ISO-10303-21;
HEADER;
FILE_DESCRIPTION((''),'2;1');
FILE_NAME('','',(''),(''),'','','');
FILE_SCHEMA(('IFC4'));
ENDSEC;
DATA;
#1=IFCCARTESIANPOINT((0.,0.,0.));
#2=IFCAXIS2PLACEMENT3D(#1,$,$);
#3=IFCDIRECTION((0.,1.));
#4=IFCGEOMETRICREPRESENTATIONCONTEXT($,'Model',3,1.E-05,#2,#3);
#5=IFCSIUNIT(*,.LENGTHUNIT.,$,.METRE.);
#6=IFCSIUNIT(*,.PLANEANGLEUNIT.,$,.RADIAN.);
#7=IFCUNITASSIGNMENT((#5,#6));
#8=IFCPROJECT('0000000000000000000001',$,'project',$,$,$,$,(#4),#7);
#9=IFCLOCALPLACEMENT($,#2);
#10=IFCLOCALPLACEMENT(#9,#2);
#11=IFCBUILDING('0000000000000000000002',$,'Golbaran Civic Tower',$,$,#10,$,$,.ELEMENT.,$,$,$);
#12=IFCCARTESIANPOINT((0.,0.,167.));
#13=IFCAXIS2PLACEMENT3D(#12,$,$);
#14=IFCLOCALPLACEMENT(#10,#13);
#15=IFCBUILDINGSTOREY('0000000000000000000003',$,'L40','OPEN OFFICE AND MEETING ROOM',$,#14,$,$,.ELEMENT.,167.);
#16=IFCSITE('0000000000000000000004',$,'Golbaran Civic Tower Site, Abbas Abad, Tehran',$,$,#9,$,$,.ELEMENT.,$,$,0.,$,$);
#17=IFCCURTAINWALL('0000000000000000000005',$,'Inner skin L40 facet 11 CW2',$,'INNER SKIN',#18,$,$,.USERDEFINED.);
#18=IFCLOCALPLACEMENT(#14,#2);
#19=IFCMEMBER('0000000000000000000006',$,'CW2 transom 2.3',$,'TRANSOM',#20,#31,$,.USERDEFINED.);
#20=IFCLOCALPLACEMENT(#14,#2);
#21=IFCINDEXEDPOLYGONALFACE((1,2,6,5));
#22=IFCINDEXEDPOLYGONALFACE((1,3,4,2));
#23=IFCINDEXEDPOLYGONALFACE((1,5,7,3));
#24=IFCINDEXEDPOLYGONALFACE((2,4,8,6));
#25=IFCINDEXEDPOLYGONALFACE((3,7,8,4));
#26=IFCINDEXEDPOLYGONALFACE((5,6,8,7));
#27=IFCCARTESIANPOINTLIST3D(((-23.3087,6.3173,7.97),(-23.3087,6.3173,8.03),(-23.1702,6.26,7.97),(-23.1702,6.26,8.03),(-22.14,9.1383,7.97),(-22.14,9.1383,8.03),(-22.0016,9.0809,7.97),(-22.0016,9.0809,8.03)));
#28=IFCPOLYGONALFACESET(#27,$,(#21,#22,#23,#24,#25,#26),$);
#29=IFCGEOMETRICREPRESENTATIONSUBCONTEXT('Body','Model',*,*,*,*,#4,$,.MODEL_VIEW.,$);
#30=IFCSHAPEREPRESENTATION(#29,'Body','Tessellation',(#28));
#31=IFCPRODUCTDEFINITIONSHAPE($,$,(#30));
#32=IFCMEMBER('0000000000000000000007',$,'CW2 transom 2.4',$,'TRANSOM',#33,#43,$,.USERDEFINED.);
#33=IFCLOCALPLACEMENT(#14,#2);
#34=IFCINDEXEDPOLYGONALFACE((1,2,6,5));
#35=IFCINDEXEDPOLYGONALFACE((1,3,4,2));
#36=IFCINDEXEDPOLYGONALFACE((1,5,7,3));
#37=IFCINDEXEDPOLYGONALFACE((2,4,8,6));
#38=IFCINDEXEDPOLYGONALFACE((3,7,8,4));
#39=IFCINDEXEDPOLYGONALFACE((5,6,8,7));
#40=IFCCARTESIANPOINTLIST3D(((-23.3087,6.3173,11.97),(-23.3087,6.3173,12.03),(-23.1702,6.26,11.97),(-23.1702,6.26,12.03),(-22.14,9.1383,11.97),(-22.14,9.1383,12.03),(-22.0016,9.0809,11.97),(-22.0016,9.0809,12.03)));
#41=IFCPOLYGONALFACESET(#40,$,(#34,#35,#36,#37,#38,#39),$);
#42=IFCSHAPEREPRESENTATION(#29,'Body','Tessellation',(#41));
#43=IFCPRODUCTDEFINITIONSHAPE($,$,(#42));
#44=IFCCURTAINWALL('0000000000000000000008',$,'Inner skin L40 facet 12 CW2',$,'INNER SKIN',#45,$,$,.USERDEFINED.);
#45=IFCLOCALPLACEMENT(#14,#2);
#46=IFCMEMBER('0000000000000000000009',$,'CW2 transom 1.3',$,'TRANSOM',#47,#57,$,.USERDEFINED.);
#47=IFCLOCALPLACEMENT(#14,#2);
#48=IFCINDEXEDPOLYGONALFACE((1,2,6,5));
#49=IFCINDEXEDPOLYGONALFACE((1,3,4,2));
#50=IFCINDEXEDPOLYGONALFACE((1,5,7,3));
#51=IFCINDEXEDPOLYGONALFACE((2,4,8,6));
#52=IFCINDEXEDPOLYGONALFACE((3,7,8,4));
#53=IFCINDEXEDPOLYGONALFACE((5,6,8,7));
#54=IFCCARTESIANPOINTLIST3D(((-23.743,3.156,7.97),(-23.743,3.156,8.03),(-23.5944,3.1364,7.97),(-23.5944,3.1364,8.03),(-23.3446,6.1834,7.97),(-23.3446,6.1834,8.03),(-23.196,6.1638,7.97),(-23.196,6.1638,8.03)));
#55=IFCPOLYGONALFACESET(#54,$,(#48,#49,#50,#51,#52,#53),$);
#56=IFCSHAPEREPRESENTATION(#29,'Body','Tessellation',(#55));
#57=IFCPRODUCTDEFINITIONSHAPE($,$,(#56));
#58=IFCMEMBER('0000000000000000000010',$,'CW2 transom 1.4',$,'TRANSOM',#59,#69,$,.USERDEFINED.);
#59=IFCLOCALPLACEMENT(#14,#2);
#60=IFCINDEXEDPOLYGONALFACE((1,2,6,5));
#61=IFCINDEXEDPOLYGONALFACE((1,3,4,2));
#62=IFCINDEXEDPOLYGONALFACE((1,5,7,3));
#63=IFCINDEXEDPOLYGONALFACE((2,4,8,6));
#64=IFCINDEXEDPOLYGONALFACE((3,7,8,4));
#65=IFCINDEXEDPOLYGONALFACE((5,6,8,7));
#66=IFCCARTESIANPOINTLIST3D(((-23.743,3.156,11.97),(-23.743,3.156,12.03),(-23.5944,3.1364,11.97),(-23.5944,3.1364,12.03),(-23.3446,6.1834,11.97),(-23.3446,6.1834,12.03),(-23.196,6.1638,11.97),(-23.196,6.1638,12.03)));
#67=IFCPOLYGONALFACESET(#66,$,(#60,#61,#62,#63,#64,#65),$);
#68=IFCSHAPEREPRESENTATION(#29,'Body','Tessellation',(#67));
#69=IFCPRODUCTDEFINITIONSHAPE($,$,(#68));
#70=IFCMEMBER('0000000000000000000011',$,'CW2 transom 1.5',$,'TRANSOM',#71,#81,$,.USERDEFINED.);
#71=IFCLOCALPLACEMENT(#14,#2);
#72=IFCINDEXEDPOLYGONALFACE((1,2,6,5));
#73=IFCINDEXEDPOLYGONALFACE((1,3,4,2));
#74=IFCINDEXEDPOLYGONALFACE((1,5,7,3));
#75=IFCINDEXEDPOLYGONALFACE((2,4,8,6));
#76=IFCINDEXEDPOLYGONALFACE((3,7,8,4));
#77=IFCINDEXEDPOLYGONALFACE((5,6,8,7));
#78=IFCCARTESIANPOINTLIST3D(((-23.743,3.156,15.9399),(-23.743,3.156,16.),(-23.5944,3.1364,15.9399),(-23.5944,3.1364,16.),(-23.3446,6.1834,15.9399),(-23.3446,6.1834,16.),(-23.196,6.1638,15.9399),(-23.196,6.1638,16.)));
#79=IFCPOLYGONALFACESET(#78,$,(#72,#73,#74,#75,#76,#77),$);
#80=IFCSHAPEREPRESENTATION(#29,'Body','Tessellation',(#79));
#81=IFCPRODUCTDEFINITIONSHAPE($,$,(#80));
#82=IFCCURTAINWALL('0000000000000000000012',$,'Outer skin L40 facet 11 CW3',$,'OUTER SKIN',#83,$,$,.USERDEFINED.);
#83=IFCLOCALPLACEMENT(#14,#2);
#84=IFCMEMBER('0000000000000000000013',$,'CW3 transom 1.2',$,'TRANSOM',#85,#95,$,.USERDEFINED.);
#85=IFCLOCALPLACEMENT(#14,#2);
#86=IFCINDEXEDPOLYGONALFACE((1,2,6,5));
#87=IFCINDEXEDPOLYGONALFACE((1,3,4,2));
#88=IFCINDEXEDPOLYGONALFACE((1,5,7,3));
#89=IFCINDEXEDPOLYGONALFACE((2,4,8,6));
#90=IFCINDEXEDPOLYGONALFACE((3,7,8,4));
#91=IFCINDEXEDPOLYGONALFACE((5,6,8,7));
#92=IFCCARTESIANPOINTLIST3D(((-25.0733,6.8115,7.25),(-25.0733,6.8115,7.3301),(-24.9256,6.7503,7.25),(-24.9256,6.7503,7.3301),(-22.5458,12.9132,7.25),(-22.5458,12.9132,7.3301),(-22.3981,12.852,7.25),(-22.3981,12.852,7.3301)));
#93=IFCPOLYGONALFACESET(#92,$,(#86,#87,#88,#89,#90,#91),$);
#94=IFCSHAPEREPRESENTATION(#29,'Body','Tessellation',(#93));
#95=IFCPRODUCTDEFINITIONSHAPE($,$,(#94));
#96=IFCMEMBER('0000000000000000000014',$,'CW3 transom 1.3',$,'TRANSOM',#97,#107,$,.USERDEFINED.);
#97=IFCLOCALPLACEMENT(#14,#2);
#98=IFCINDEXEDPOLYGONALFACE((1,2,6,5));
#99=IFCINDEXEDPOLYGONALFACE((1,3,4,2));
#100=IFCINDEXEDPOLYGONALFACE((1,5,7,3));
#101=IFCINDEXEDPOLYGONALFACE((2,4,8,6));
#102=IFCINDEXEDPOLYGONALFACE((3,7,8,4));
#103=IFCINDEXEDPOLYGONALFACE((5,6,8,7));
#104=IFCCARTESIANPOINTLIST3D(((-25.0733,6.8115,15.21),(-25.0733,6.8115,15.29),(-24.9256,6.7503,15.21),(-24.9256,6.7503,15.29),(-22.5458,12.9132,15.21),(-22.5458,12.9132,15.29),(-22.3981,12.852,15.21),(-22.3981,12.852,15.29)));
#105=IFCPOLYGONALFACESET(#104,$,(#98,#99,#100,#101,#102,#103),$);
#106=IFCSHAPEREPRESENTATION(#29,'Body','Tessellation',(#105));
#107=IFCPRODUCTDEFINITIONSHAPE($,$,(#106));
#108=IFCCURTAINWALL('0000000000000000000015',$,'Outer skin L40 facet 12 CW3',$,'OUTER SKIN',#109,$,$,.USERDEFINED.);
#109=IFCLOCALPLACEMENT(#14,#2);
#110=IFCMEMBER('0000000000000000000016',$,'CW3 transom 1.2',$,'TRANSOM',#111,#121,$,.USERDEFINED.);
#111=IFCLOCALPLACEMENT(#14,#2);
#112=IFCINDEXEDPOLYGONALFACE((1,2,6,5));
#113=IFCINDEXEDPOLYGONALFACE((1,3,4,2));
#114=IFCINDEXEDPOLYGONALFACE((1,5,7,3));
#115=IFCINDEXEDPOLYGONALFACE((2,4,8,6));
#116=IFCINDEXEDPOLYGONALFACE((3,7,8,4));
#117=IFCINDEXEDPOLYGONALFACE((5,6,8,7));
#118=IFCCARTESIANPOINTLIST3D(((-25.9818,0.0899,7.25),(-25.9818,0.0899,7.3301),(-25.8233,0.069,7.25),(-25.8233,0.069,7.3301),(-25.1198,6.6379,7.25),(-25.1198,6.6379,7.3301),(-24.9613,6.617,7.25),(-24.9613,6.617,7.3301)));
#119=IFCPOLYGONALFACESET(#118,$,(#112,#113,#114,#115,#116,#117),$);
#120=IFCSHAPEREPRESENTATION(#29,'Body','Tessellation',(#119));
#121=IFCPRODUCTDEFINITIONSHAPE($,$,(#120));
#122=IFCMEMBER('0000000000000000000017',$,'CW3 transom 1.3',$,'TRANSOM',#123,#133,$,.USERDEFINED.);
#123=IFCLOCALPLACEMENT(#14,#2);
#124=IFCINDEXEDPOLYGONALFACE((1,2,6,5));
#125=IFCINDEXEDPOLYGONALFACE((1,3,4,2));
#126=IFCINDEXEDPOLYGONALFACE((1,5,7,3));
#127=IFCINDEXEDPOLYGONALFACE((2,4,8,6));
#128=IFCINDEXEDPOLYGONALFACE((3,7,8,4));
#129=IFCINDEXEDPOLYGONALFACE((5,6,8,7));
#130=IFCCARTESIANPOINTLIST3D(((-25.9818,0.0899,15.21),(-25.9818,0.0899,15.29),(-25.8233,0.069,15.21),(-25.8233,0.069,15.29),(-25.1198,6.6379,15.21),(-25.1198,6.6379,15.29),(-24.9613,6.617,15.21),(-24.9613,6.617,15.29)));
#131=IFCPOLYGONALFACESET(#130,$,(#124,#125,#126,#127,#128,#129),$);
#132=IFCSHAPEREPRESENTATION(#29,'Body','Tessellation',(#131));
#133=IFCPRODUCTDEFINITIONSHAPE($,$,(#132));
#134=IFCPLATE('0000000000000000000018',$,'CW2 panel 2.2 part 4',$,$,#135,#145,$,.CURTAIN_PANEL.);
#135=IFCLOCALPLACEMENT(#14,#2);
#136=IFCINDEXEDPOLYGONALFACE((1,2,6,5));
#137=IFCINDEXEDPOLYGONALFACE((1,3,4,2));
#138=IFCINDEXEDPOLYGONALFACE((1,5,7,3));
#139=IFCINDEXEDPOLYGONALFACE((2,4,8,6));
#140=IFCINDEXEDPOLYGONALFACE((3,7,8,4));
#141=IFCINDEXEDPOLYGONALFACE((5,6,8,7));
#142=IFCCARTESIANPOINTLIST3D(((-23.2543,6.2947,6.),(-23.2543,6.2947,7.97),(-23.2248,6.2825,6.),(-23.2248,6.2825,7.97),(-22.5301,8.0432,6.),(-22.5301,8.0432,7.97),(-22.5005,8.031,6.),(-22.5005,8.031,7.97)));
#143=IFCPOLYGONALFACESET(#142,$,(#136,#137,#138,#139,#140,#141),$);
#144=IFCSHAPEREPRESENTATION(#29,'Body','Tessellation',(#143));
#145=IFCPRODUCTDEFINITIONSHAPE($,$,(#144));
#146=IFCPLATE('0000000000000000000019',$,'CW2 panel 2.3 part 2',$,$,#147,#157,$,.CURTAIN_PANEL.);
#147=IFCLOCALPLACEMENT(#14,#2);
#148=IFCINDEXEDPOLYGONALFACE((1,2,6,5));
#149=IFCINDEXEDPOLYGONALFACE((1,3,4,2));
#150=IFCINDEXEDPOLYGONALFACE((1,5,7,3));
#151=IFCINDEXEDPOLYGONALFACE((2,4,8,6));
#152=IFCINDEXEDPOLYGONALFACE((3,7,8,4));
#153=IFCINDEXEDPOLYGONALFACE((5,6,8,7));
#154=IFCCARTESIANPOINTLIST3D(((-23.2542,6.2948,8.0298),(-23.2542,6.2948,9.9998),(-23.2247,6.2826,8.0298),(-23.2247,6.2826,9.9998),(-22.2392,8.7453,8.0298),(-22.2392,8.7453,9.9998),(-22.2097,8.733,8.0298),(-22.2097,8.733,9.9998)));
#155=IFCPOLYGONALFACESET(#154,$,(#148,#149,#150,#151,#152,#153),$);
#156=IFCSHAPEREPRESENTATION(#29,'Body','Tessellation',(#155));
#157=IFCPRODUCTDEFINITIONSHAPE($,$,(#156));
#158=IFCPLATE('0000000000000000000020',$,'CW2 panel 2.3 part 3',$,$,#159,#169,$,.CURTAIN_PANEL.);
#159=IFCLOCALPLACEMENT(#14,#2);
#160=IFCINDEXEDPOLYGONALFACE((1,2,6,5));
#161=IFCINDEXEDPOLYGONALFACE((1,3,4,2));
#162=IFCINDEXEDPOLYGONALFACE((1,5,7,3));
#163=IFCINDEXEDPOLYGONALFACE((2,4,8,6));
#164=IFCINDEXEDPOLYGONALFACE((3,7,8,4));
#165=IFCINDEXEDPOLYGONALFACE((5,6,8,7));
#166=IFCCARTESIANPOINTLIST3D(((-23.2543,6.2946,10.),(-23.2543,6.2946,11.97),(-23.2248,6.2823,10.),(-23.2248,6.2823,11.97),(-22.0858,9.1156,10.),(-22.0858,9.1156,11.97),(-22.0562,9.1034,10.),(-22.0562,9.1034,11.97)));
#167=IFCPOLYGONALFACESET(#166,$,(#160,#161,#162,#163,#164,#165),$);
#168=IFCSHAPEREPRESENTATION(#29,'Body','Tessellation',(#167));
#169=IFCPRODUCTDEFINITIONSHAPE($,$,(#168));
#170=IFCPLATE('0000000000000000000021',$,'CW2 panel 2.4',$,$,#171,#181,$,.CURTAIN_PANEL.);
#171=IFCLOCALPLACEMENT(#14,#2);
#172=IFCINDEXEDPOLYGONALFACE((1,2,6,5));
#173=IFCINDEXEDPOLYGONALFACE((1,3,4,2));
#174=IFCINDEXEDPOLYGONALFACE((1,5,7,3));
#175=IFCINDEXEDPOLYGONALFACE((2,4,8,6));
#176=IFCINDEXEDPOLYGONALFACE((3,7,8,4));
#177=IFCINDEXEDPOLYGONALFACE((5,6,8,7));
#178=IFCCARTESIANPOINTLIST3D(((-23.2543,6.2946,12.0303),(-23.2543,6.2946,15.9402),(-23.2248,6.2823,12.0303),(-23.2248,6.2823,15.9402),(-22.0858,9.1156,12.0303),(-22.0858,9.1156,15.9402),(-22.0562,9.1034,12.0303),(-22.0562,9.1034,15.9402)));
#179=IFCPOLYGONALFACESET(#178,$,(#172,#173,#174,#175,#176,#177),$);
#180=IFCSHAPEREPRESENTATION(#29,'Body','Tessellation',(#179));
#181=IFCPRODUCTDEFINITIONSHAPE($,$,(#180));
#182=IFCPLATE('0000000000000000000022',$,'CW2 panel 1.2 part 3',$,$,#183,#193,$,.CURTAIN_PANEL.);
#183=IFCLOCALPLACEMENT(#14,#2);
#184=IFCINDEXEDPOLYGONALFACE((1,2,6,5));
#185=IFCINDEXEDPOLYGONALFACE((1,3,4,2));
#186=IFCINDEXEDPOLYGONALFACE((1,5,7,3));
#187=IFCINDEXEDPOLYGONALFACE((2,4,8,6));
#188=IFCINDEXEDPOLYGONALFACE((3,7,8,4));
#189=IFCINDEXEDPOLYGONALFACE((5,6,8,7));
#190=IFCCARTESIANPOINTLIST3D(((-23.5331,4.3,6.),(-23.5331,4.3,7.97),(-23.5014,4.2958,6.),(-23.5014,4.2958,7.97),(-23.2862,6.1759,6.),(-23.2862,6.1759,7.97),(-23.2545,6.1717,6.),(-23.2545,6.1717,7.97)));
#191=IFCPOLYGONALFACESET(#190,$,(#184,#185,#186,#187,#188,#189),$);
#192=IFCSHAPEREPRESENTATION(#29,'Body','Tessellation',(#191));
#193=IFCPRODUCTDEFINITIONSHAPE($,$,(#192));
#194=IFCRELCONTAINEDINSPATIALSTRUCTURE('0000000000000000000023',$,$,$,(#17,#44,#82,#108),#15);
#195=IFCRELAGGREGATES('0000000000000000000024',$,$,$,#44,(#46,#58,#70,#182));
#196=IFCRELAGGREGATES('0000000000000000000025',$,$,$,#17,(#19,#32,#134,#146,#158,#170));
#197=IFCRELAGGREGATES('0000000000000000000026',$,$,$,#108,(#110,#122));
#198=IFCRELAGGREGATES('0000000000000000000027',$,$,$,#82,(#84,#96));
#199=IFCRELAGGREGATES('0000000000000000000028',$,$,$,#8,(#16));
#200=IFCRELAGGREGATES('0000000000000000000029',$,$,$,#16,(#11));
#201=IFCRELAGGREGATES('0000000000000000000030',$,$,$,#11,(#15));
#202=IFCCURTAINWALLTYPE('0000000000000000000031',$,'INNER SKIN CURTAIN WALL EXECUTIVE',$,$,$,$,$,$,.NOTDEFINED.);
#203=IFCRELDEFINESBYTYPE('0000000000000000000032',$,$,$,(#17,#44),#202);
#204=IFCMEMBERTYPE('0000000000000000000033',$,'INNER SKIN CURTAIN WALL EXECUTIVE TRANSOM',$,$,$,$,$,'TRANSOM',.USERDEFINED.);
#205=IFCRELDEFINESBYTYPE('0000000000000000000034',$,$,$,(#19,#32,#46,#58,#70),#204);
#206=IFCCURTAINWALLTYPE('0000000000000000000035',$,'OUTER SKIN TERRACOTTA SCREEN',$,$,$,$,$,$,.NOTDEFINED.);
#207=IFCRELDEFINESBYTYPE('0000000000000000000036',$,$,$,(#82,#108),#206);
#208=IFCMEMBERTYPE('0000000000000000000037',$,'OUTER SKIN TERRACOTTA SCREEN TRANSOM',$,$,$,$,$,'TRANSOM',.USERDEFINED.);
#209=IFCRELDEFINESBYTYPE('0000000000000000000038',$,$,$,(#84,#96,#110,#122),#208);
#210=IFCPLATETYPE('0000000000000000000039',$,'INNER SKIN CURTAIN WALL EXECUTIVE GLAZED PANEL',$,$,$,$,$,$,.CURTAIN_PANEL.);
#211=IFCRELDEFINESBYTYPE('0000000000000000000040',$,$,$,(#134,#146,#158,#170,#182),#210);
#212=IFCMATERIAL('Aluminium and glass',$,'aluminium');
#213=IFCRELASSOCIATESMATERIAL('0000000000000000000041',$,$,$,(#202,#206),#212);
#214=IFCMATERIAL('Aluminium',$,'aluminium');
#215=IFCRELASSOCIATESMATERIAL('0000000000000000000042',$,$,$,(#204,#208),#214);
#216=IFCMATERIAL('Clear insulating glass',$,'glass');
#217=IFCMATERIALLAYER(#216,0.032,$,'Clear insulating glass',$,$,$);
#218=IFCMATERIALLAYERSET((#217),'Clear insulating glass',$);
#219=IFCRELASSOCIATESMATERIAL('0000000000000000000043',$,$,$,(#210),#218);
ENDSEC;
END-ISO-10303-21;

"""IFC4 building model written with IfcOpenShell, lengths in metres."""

from ifc_helpers import new_model, si_unit, direction, frame, origin, origin_2d, place, context, subcontext, project, spatial, rectangle, extrude, material, layer, layer_set, material_profile, profile_set, type_object, element, aggregate, save


model = new_model("IFC4")

# Units and contexts
model_context = context("Model", 3, precision=1e-05, world=origin(), true_north=direction((0.0, 1.0)))
body_context = subcontext(model_context, "Body", "Model", "MODEL_VIEW")
ifc_project = project(units=[si_unit("LENGTHUNIT", "METRE"), si_unit("PLANEANGLEUNIT", "RADIAN")], contexts=[model_context])

# Site, building, storey
site_placement = place(None, origin())
site = spatial("IfcSite", under=ifc_project, at=site_placement, Name="Golbaran Civic Tower Site, Abbas Abad, Tehran", CompositionType="ELEMENT", RefElevation=0.0)
building_placement = place(site_placement, origin())
building = spatial("IfcBuilding", under=site, at=building_placement, Name="Golbaran Civic Tower", CompositionType="ELEMENT")
storey_placement = place(building_placement, frame((0.0, 0.0, 167.0)))
storey = spatial("IfcBuildingStorey", under=building, at=storey_placement, Name="L40", Description="OPEN OFFICE AND MEETING ROOM", CompositionType="ELEMENT", Elevation=167.0)

# Curtain walls, members
ifc_material_1 = material(Name="Aluminium and glass", Category="aluminium")
curtain_wall_type_1 = type_object("IfcCurtainWallType", Name="INNER SKIN CURTAIN WALL EXECUTIVE", PredefinedType="NOTDEFINED", material=ifc_material_1)
curtain_wall_1_placement = place(storey_placement, origin())
curtain_wall_1 = element("IfcCurtainWall", 1, at=curtain_wall_1_placement, inside=storey, type_object=curtain_wall_type_1, Name="Inner skin L40 facet 11 CW2", ObjectType="INNER SKIN", PredefinedType="USERDEFINED")
ifc_material_2 = material(Name="Aluminium", Category="aluminium")
ifc_material_profile_1 = material_profile(ifc_material_2, rectangle(XDim=0.1499, YDim=0.0601, at=origin_2d()), Name="INNER SKIN CURTAIN WALL EXECUTIVE TRANSOM")
ifc_profile_set_1 = profile_set([ifc_material_profile_1], Name="Aluminium")
member_type_1 = type_object("IfcMemberType", Name="INNER SKIN CURTAIN WALL EXECUTIVE TRANSOM", ElementType="TRANSOM", PredefinedType="USERDEFINED", material=ifc_profile_set_1)
member_1_placement = place(storey_placement, frame((-22.0708, 9.1096, 8.0), z_axis=(-0.382735, -0.923858, 0.0), x_axis=(0.923858, -0.382735, 0.0)))
member_1 = element("IfcMember", 2, at=member_1_placement, type_object=member_type_1, Name="CW2 transom 2.3", ObjectType="TRANSOM", PredefinedType="USERDEFINED", context=body_context, shape_type="SweptSolid", body=[
    extrude(rectangle(XDim=0.1499, YDim=0.0601, at=origin_2d()), origin(), (0.0, 0.0, 1.0), 3.0535),
])
member_2_placement = place(storey_placement, frame((-22.0708, 9.1096, 12.0), z_axis=(-0.382735, -0.923858, 0.0), x_axis=(0.923858, -0.382735, 0.0)))
member_2 = element("IfcMember", 3, at=member_2_placement, type_object=member_type_1, Name="CW2 transom 2.4", ObjectType="TRANSOM", PredefinedType="USERDEFINED", context=body_context, shape_type="SweptSolid", body=[
    extrude(rectangle(XDim=0.1499, YDim=0.0601, at=origin_2d()), origin(), (0.0, 0.0, 1.0), 3.0535),
])
curtain_wall_2_placement = place(storey_placement, origin())
curtain_wall_2 = element("IfcCurtainWall", 4, at=curtain_wall_2_placement, inside=storey, type_object=curtain_wall_type_1, Name="Inner skin L40 facet 12 CW2", ObjectType="INNER SKIN", PredefinedType="USERDEFINED")
member_3_placement = place(storey_placement, frame((-23.2703, 6.1736, 8.0), z_axis=(-0.130488, -0.99145, 0.0), x_axis=(0.99145, -0.130488, 0.0)))
member_3 = element("IfcMember", 5, at=member_3_placement, type_object=member_type_1, Name="CW2 transom 1.3", ObjectType="TRANSOM", PredefinedType="USERDEFINED", context=body_context, shape_type="SweptSolid", body=[
    extrude(rectangle(XDim=0.1499, YDim=0.0601, at=origin_2d()), origin(), (0.0, 0.0, 1.0), 3.0535),
])
member_4_placement = place(storey_placement, frame((-23.2703, 6.1736, 12.0), z_axis=(-0.130488, -0.99145, 0.0), x_axis=(0.99145, -0.130488, 0.0)))
member_4 = element("IfcMember", 6, at=member_4_placement, type_object=member_type_1, Name="CW2 transom 1.4", ObjectType="TRANSOM", PredefinedType="USERDEFINED", context=body_context, shape_type="SweptSolid", body=[
    extrude(rectangle(XDim=0.1499, YDim=0.0601, at=origin_2d()), origin(), (0.0, 0.0, 1.0), 3.0535),
])
member_5_placement = place(storey_placement, frame((-23.2703, 6.1736, 15.97), z_axis=(-0.130488, -0.99145, 0.0), x_axis=(0.99145, -0.130488, 0.0)))
member_5 = element("IfcMember", 7, at=member_5_placement, type_object=member_type_1, Name="CW2 transom 1.5", ObjectType="TRANSOM", PredefinedType="USERDEFINED", context=body_context, shape_type="SweptSolid", body=[
    extrude(rectangle(XDim=0.1499, YDim=0.0601, at=origin_2d()), origin(), (0.0, 0.0, 1.0), 3.0535),
])
curtain_wall_type_2 = type_object("IfcCurtainWallType", Name="OUTER SKIN TERRACOTTA SCREEN", PredefinedType="NOTDEFINED", material=ifc_material_1)
curtain_wall_3_placement = place(storey_placement, origin())
curtain_wall_3 = element("IfcCurtainWall", 8, at=curtain_wall_3_placement, inside=storey, type_object=curtain_wall_type_2, Name="Outer skin L40 facet 11 CW3", ObjectType="OUTER SKIN", PredefinedType="USERDEFINED")
ifc_material_profile_2 = material_profile(ifc_material_2, rectangle(XDim=0.1599, YDim=0.0801, at=origin_2d()), Name="OUTER SKIN TERRACOTTA SCREEN TRANSOM")
ifc_profile_set_2 = profile_set([ifc_material_profile_2], Name="Aluminium")
member_type_2 = type_object("IfcMemberType", Name="OUTER SKIN TERRACOTTA SCREEN TRANSOM", ElementType="TRANSOM", PredefinedType="USERDEFINED", material=ifc_profile_set_2)
member_6_placement = place(storey_placement, frame((-22.4719, 12.8826, 7.29), z_axis=(-0.382701, -0.923872, 0.0), x_axis=(0.923872, -0.382701, 0.0)))
member_6 = element("IfcMember", 9, at=member_6_placement, type_object=member_type_2, Name="CW3 transom 1.2", ObjectType="TRANSOM", PredefinedType="USERDEFINED", context=body_context, shape_type="SweptSolid", body=[
    extrude(rectangle(XDim=0.1599, YDim=0.0801, at=origin_2d()), origin(), (0.0, 0.0, 1.0), 6.6045),
])
member_7_placement = place(storey_placement, frame((-22.4719, 12.8826, 15.25), z_axis=(-0.382701, -0.923872, 0.0), x_axis=(0.923872, -0.382701, 0.0)))
member_7 = element("IfcMember", 10, at=member_7_placement, type_object=member_type_2, Name="CW3 transom 1.3", ObjectType="TRANSOM", PredefinedType="USERDEFINED", context=body_context, shape_type="SweptSolid", body=[
    extrude(rectangle(XDim=0.1599, YDim=0.0801, at=origin_2d()), origin(), (0.0, 0.0, 1.0), 6.6045),
])
curtain_wall_4_placement = place(storey_placement, origin())
curtain_wall_4 = element("IfcCurtainWall", 11, at=curtain_wall_4_placement, inside=storey, type_object=curtain_wall_type_2, Name="Outer skin L40 facet 12 CW3", ObjectType="OUTER SKIN", PredefinedType="USERDEFINED")
member_8_placement = place(storey_placement, frame((-25.0405, 6.6274, 7.29), z_axis=(-0.130524, -0.991445, 0.0), x_axis=(0.991445, -0.130524, 0.0)))
member_8 = element("IfcMember", 12, at=member_8_placement, type_object=member_type_2, Name="CW3 transom 1.2", ObjectType="TRANSOM", PredefinedType="USERDEFINED", context=body_context, shape_type="SweptSolid", body=[
    extrude(rectangle(XDim=0.1599, YDim=0.0801, at=origin_2d()), origin(), (0.0, 0.0, 1.0), 6.6045),
])
member_9_placement = place(storey_placement, frame((-25.0405, 6.6274, 15.25), z_axis=(-0.130524, -0.991445, 0.0), x_axis=(0.991445, -0.130524, 0.0)))
member_9 = element("IfcMember", 13, at=member_9_placement, type_object=member_type_2, Name="CW3 transom 1.3", ObjectType="TRANSOM", PredefinedType="USERDEFINED", context=body_context, shape_type="SweptSolid", body=[
    extrude(rectangle(XDim=0.1599, YDim=0.0801, at=origin_2d()), origin(), (0.0, 0.0, 1.0), 6.6045),
])

# Plates
ifc_material_3 = material(Name="Clear insulating glass", Category="glass")
ifc_layer_1 = layer(ifc_material_3, 0.032, Name="Clear insulating glass")
ifc_layer_set_1 = layer_set([ifc_layer_1], Name="Clear insulating glass")
plate_type_1 = type_object("IfcPlateType", Name="INNER SKIN CURTAIN WALL EXECUTIVE GLAZED PANEL", PredefinedType="CURTAIN_PANEL", material=ifc_layer_set_1)
plate_1_placement = place(storey_placement, frame((-22.8774, 7.1628, 6.0), z_axis=(0.0, 0.0, 1.0), x_axis=(-0.382683, -0.92388, 0.0)))
plate_1 = element("IfcPlate", 14, at=plate_1_placement, type_object=plate_type_1, Name="CW2 panel 2.2 part 4", PredefinedType="CURTAIN_PANEL", context=body_context, shape_type="SweptSolid", body=[
    extrude(rectangle(XDim=1.8926, YDim=0.032, at=origin_2d()), origin(), (0.0, 0.0, 1.0), 1.97),
])
plate_2_placement = place(storey_placement, frame((-22.7319, 7.5139, 8.0298), z_axis=(0.0, 0.0, 1.0), x_axis=(-0.382683, -0.92388, 0.0)))
plate_2 = element("IfcPlate", 15, at=plate_2_placement, type_object=plate_type_1, Name="CW2 panel 2.3 part 2", PredefinedType="CURTAIN_PANEL", context=body_context, shape_type="SweptSolid", body=[
    extrude(rectangle(XDim=2.6523, YDim=0.032, at=origin_2d()), origin(), (0.0, 0.0, 1.0), 1.97),
])
plate_3_placement = place(storey_placement, frame((-22.6553, 7.699, 10.0), z_axis=(0.0, 0.0, 1.0), x_axis=(-0.382683, -0.92388, 0.0)))
plate_3 = element("IfcPlate", 16, at=plate_3_placement, type_object=plate_type_1, Name="CW2 panel 2.3 part 3", PredefinedType="CURTAIN_PANEL", context=body_context, shape_type="SweptSolid", body=[
    extrude(rectangle(XDim=3.0535, YDim=0.032, at=origin_2d()), origin(), (0.0, 0.0, 1.0), 1.97),
])
plate_4_placement = place(storey_placement, frame((-22.6553, 7.699, 12.0303), z_axis=(0.0, 0.0, 1.0), x_axis=(-0.382683, -0.92388, 0.0)))
plate_4 = element("IfcPlate", 17, at=plate_4_placement, type_object=plate_type_1, Name="CW2 panel 2.4", PredefinedType="CURTAIN_PANEL", context=body_context, shape_type="SweptSolid", body=[
    extrude(rectangle(XDim=3.0535, YDim=0.032, at=origin_2d()), origin(), (0.0, 0.0, 1.0), 3.9099),
])
plate_5_placement = place(storey_placement, frame((-23.3938, 5.2358, 6.0), z_axis=(0.0, 0.0, 1.0), x_axis=(-0.130526, -0.991445, 0.0)))
plate_5 = element("IfcPlate", 18, at=plate_5_placement, type_object=plate_type_1, Name="CW2 panel 1.2 part 3", PredefinedType="CURTAIN_PANEL", context=body_context, shape_type="SweptSolid", body=[
    extrude(rectangle(XDim=1.8921, YDim=0.032, at=origin_2d()), origin(), (0.0, 0.0, 1.0), 1.97),
])
aggregate(curtain_wall_2, [member_3, member_4, member_5, plate_5])
aggregate(curtain_wall_1, [member_1, member_2, plate_1, plate_2, plate_3, plate_4])

aggregate(curtain_wall_4, [member_8, member_9])
aggregate(curtain_wall_3, [member_6, member_7])

save(model, "model.ifc")
